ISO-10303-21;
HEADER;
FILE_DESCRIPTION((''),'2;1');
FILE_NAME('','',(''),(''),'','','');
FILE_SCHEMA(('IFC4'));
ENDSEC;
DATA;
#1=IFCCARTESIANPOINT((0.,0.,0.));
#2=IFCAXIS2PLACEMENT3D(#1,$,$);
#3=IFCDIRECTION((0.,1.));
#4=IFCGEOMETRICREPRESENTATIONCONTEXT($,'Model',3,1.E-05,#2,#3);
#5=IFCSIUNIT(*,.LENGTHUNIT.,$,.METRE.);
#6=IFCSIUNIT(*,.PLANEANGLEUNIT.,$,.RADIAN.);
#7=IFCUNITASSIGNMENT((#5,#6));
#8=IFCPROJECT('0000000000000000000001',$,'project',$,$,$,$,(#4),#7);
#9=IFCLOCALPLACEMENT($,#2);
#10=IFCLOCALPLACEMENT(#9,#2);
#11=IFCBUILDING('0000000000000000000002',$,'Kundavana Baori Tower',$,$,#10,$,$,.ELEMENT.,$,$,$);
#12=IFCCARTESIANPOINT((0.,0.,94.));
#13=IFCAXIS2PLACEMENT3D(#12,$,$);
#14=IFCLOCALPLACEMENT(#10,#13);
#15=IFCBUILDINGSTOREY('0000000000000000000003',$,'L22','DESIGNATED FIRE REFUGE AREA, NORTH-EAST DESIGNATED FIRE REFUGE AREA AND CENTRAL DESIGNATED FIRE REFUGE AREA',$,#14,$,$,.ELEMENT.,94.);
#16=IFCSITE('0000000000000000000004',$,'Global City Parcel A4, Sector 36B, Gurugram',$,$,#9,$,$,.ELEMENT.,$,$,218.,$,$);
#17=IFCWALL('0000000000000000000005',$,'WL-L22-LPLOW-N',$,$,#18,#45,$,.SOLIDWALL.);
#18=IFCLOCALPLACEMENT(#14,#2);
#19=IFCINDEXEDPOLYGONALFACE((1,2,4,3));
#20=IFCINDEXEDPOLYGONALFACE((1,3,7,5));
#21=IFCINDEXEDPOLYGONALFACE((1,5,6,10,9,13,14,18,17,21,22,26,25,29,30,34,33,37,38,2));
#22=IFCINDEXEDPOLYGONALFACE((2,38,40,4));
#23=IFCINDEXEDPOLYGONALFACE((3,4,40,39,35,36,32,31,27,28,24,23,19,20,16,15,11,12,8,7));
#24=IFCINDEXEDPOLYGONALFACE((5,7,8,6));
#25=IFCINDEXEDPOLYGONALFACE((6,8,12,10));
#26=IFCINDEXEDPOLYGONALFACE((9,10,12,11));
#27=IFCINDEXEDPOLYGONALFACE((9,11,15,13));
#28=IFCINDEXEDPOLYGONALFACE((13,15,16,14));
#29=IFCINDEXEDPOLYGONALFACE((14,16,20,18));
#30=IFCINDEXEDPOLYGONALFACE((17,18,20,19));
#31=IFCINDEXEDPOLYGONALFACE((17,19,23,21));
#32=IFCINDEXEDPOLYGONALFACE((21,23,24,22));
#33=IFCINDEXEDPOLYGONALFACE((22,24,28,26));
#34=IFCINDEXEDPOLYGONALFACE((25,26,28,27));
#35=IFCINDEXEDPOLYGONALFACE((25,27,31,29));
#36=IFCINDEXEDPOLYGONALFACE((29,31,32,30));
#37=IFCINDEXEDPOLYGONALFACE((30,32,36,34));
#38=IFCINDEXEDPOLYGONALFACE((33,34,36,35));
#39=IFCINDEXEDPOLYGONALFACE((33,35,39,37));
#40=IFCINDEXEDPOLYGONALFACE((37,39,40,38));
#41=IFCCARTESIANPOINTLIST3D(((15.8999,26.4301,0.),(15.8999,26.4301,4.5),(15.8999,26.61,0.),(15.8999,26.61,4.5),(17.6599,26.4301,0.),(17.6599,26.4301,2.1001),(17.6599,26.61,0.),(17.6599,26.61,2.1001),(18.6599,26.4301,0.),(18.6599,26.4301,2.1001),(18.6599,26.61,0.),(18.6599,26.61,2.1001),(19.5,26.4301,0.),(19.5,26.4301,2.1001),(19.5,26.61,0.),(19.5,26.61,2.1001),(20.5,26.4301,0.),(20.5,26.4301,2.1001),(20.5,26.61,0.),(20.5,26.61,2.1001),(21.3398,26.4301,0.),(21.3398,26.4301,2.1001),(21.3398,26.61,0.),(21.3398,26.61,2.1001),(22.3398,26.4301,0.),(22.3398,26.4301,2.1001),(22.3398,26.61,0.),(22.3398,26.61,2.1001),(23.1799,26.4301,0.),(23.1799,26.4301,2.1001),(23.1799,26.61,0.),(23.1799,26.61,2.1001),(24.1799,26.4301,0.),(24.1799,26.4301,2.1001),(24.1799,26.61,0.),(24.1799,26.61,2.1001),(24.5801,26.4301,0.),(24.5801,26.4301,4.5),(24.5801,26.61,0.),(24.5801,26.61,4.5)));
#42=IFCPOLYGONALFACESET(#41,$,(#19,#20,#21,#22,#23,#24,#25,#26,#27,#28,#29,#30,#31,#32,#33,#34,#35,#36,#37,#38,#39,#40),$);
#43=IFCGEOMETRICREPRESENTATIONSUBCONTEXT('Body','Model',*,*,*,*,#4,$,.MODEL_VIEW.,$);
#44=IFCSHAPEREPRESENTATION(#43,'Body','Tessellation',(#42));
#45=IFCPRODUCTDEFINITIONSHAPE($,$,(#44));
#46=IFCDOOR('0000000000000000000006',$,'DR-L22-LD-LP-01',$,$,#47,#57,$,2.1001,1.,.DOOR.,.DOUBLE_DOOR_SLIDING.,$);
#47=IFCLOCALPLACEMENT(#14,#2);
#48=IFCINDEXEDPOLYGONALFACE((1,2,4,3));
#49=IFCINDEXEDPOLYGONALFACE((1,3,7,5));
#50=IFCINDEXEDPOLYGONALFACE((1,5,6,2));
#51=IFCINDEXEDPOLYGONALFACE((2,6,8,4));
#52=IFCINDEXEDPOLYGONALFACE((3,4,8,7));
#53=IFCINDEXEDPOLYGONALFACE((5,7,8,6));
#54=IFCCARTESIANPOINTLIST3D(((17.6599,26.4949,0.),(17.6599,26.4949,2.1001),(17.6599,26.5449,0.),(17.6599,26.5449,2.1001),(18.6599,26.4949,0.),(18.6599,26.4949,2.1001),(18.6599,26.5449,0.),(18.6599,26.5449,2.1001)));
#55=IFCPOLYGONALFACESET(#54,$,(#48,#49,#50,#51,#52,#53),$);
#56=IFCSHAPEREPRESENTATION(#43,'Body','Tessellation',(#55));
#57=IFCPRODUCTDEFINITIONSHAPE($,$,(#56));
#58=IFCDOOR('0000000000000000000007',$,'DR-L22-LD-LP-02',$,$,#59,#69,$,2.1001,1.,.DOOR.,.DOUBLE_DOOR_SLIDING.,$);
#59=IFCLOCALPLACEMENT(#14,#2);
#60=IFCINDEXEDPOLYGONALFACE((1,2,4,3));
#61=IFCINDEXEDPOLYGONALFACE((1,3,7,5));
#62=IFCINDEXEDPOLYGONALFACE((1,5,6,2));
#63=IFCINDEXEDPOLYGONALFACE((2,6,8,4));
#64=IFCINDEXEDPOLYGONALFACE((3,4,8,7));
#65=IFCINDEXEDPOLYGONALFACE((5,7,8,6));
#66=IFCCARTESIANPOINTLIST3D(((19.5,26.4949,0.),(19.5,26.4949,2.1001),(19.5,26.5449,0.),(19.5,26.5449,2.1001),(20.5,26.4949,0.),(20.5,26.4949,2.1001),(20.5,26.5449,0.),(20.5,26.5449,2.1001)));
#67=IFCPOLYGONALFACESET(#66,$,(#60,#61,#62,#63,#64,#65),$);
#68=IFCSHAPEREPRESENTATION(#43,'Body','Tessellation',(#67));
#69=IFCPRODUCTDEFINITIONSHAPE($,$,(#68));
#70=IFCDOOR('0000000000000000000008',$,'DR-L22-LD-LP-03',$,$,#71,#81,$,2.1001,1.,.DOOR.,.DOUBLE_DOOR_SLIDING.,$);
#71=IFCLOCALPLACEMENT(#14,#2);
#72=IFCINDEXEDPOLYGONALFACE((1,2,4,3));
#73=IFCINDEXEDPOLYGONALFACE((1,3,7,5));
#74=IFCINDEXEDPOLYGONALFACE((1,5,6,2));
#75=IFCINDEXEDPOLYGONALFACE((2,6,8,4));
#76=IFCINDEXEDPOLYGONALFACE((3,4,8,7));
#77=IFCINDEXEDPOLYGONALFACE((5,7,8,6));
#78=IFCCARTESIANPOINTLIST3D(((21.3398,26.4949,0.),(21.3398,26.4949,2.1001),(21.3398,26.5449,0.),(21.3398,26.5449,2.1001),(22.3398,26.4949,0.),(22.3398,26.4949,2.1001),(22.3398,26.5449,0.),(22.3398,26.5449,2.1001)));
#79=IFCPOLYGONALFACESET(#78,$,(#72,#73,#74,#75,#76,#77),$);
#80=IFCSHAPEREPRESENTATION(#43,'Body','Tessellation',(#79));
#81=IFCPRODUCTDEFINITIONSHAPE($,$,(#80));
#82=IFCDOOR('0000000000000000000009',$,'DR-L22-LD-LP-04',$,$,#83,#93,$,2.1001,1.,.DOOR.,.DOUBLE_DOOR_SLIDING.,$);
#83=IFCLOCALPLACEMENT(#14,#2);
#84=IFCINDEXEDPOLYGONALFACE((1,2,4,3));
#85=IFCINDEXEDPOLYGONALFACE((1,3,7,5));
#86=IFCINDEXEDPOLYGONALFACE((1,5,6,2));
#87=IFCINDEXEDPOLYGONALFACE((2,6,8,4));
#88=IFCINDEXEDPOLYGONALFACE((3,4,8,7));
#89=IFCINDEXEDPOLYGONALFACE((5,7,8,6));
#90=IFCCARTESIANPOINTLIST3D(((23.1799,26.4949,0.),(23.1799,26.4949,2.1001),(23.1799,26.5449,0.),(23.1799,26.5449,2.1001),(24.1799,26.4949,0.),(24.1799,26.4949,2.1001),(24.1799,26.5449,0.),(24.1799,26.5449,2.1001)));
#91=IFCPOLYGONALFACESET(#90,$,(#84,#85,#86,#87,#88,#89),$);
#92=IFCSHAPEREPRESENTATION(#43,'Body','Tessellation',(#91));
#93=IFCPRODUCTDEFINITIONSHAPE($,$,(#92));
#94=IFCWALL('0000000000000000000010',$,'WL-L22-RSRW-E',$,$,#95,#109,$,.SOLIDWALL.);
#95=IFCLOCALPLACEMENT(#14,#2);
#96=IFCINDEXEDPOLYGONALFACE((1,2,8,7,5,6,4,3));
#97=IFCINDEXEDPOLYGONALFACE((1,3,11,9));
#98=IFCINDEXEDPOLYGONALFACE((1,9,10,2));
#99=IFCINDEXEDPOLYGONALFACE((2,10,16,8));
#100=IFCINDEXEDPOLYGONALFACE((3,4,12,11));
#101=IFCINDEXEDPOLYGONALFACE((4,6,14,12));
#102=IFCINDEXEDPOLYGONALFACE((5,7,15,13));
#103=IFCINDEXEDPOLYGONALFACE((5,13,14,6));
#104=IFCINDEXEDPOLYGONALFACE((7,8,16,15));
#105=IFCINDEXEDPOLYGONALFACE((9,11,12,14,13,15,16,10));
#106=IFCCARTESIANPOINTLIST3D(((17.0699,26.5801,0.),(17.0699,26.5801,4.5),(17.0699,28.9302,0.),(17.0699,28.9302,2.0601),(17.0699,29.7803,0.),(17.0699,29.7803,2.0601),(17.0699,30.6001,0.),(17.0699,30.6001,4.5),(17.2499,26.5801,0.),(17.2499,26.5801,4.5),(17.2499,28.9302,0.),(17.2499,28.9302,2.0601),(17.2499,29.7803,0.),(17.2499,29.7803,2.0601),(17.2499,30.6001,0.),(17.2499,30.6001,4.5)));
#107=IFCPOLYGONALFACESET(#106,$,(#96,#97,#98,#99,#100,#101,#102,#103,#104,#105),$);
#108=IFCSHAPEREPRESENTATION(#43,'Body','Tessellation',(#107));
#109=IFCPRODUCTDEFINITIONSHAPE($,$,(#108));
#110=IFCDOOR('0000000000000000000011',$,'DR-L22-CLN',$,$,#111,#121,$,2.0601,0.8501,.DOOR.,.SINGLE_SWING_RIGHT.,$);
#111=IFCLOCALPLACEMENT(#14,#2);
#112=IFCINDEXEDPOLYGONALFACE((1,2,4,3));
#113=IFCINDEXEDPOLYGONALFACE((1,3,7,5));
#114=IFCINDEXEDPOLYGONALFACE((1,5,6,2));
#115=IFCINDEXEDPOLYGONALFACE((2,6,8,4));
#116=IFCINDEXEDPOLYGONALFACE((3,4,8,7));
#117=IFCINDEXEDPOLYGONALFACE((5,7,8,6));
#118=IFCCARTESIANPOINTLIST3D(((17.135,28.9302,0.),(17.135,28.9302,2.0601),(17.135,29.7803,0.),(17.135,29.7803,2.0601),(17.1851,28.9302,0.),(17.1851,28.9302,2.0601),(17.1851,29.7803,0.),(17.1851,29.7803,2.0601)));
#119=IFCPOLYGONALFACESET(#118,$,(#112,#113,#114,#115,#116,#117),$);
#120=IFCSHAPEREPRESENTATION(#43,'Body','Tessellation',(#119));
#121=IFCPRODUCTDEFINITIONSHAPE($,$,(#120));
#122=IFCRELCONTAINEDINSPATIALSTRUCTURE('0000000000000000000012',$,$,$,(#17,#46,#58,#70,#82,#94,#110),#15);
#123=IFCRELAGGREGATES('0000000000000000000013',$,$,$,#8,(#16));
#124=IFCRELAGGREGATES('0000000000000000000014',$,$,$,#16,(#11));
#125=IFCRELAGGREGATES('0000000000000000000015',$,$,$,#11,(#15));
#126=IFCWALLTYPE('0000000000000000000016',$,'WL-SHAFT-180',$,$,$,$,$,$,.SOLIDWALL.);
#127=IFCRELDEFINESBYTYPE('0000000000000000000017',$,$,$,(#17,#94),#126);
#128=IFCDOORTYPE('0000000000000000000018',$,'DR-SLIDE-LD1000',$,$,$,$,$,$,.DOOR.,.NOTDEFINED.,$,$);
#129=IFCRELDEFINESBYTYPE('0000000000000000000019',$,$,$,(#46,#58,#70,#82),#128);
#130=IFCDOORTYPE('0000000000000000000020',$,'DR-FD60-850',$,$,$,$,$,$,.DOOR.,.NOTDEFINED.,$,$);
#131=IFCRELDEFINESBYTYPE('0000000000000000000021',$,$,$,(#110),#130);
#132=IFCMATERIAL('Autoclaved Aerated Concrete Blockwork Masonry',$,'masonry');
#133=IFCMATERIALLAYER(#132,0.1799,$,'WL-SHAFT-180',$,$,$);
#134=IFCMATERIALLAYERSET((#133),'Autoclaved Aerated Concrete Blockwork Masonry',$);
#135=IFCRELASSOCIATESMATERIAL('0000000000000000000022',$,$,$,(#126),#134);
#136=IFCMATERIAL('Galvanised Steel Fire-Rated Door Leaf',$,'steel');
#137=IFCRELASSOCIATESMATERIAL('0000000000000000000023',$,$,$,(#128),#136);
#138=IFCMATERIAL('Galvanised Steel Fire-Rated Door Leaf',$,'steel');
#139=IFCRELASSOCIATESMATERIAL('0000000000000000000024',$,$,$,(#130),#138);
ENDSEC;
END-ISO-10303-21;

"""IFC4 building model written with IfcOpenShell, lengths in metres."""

from ifc_helpers import new_model, si_unit, direction, frame, frame_2d, origin, place, context, subcontext, project, spatial, rectangle, extrude, material, layer, layer_set, type_object, element, fill, save


model = new_model("IFC4")

# Units and contexts
model_context = context("Model", 3, precision=1e-05, world=origin(), true_north=direction((0.0, 1.0)))
body_context = subcontext(model_context, "Body", "Model", "MODEL_VIEW")
ifc_project = project(units=[si_unit("LENGTHUNIT", "METRE"), si_unit("PLANEANGLEUNIT", "RADIAN")], contexts=[model_context])

# Site, building, storey
site_placement = place(None, origin())
site = spatial("IfcSite", under=ifc_project, at=site_placement, Name="Global City Parcel A4, Sector 36B, Gurugram", CompositionType="ELEMENT", RefElevation=218.0)
building_placement = place(site_placement, origin())
building = spatial("IfcBuilding", under=site, at=building_placement, Name="Kundavana Baori Tower", CompositionType="ELEMENT")
storey_placement = place(building_placement, frame((0.0, 0.0, 94.0)))
storey = spatial("IfcBuildingStorey", under=building, at=storey_placement, Name="L22", Description="DESIGNATED FIRE REFUGE AREA, NORTH-EAST DESIGNATED FIRE REFUGE AREA AND CENTRAL DESIGNATED FIRE REFUGE AREA", CompositionType="ELEMENT", Elevation=94.0)

# Wall, openings, doors
ifc_material_1 = material(Name="Autoclaved Aerated Concrete Blockwork Masonry", Category="masonry")
ifc_layer_1 = layer(ifc_material_1, 0.1799, Name="WL-SHAFT-180")
ifc_layer_set_1 = layer_set([ifc_layer_1], Name="Autoclaved Aerated Concrete Blockwork Masonry")
wall_type_1 = type_object("IfcWallType", Name="WL-SHAFT-180", PredefinedType="SOLIDWALL", material=ifc_layer_set_1)
wall_1_placement = place(storey_placement, frame((15.8999, 26.52, 0.0), z_axis=(0.0, 0.0, 1.0), x_axis=(1.0, 0.0, 0.0)))
wall_1 = element("IfcWall", 1, at=wall_1_placement, inside=storey, type_object=wall_type_1, Name="WL-L22-LPLOW-N", PredefinedType="SOLIDWALL", context=body_context, shape_type="SweptSolid", body=[
    extrude(rectangle(XDim=8.6802, YDim=0.1799, at=frame_2d((4.3401, 0.0))), origin(), (0.0, 0.0, 1.0), 4.5),
])
opening_1_placement = place(wall_1_placement, frame((1.76, 0.0, 0.0)))
opening_1 = element("IfcOpeningElement", 2, at=opening_1_placement, cuts=wall_1, PredefinedType="OPENING", context=body_context, shape_type="SweptSolid", body=[
    extrude(rectangle(XDim=1.0, YDim=2.1001, at=frame_2d((0.5, 1.05))), frame((0.0, 0.1001, 0.0), z_axis=(0.0, -1.0, 0.0), x_axis=(1.0, 0.0, 0.0)), (0.0, 0.0, 1.0), 0.2),
])
opening_2_placement = place(wall_1_placement, frame((3.6001, 0.0, 0.0)))
opening_2 = element("IfcOpeningElement", 3, at=opening_2_placement, cuts=wall_1, PredefinedType="OPENING", context=body_context, shape_type="SweptSolid", body=[
    extrude(rectangle(XDim=1.0, YDim=2.1001, at=frame_2d((0.5, 1.05))), frame((0.0, 0.1001, 0.0), z_axis=(0.0, -1.0, 0.0), x_axis=(1.0, 0.0, 0.0)), (0.0, 0.0, 1.0), 0.2),
])
opening_3_placement = place(wall_1_placement, frame((5.4399, 0.0, 0.0)))
opening_3 = element("IfcOpeningElement", 4, at=opening_3_placement, cuts=wall_1, PredefinedType="OPENING", context=body_context, shape_type="SweptSolid", body=[
    extrude(rectangle(XDim=1.0, YDim=2.1001, at=frame_2d((0.5, 1.05))), frame((0.0, 0.1001, 0.0), z_axis=(0.0, -1.0, 0.0), x_axis=(1.0, 0.0, 0.0)), (0.0, 0.0, 1.0), 0.2),
])
opening_4_placement = place(wall_1_placement, frame((7.28, 0.0, 0.0)))
opening_4 = element("IfcOpeningElement", 5, at=opening_4_placement, cuts=wall_1, PredefinedType="OPENING", context=body_context, shape_type="SweptSolid", body=[
    extrude(rectangle(XDim=1.0, YDim=2.1001, at=frame_2d((0.5, 1.05))), frame((0.0, 0.1001, 0.0), z_axis=(0.0, -1.0, 0.0), x_axis=(1.0, 0.0, 0.0)), (0.0, 0.0, 1.0), 0.2),
])
ifc_material_2 = material(Name="Galvanised Steel Fire-Rated Door Leaf", Category="steel")
door_type_1 = type_object("IfcDoorType", Name="DR-SLIDE-LD1000", OperationType="NOTDEFINED", PredefinedType="DOOR", material=ifc_material_2)
door_1_placement = place(opening_1_placement, origin())
door_1 = element("IfcDoor", 6, at=door_1_placement, inside=storey, type_object=door_type_1, Name="DR-L22-LD-LP-01", OperationType="DOUBLE_DOOR_SLIDING", OverallHeight=2.1001, OverallWidth=1.0, PredefinedType="DOOR", context=body_context, shape_type="SweptSolid", body=[
    extrude(rectangle(XDim=1.0, YDim=2.1001, at=frame_2d((0.5, 1.05))), frame((0.0, 0.0249, 0.0), z_axis=(0.0, -1.0, 0.0), x_axis=(1.0, 0.0, 0.0)), (0.0, 0.0, 1.0), 0.05),
])
fill(opening_1, door_1)
door_2_placement = place(opening_2_placement, origin())
door_2 = element("IfcDoor", 7, at=door_2_placement, inside=storey, type_object=door_type_1, Name="DR-L22-LD-LP-02", OperationType="DOUBLE_DOOR_SLIDING", OverallHeight=2.1001, OverallWidth=1.0, PredefinedType="DOOR", context=body_context, shape_type="SweptSolid", body=[
    extrude(rectangle(XDim=1.0, YDim=2.1001, at=frame_2d((0.5, 1.05))), frame((0.0, 0.0249, 0.0), z_axis=(0.0, -1.0, 0.0), x_axis=(1.0, 0.0, 0.0)), (0.0, 0.0, 1.0), 0.05),
])
fill(opening_2, door_2)
door_3_placement = place(opening_3_placement, origin())
door_3 = element("IfcDoor", 8, at=door_3_placement, inside=storey, type_object=door_type_1, Name="DR-L22-LD-LP-03", OperationType="DOUBLE_DOOR_SLIDING", OverallHeight=2.1001, OverallWidth=1.0, PredefinedType="DOOR", context=body_context, shape_type="SweptSolid", body=[
    extrude(rectangle(XDim=1.0, YDim=2.1001, at=frame_2d((0.5, 1.05))), frame((0.0, 0.0249, 0.0), z_axis=(0.0, -1.0, 0.0), x_axis=(1.0, 0.0, 0.0)), (0.0, 0.0, 1.0), 0.05),
])
fill(opening_3, door_3)
door_4_placement = place(opening_4_placement, origin())
door_4 = element("IfcDoor", 9, at=door_4_placement, inside=storey, type_object=door_type_1, Name="DR-L22-LD-LP-04", OperationType="DOUBLE_DOOR_SLIDING", OverallHeight=2.1001, OverallWidth=1.0, PredefinedType="DOOR", context=body_context, shape_type="SweptSolid", body=[
    extrude(rectangle(XDim=1.0, YDim=2.1001, at=frame_2d((0.5, 1.05))), frame((0.0, 0.0249, 0.0), z_axis=(0.0, -1.0, 0.0), x_axis=(1.0, 0.0, 0.0)), (0.0, 0.0, 1.0), 0.05),
])
fill(opening_4, door_4)

# Wall, opening, door
wall_2_placement = place(storey_placement, frame((17.1599, 26.5801, 0.0), z_axis=(0.0, 0.0, 1.0), x_axis=(0.0, 1.0, 0.0)))
wall_2 = element("IfcWall", 10, at=wall_2_placement, inside=storey, type_object=wall_type_1, Name="WL-L22-RSRW-E", PredefinedType="SOLIDWALL", context=body_context, shape_type="SweptSolid", body=[
    extrude(rectangle(XDim=4.02, YDim=0.1799, at=frame_2d((2.01, 0.0))), origin(), (0.0, 0.0, 1.0), 4.5),
])
opening_5_placement = place(wall_2_placement, frame((2.3501, 0.0, 0.0)))
opening_5 = element("IfcOpeningElement", 11, at=opening_5_placement, cuts=wall_2, PredefinedType="OPENING", context=body_context, shape_type="SweptSolid", body=[
    extrude(rectangle(XDim=0.8501, YDim=2.0601, at=frame_2d((0.425, 1.03))), frame((0.0, 0.1001, 0.0), z_axis=(0.0, -1.0, 0.0), x_axis=(1.0, 0.0, 0.0)), (0.0, 0.0, 1.0), 0.2),
])
ifc_material_3 = material(Name="Galvanised Steel Fire-Rated Door Leaf", Category="steel")
door_type_2 = type_object("IfcDoorType", Name="DR-FD60-850", OperationType="NOTDEFINED", PredefinedType="DOOR", material=ifc_material_3)
door_5_placement = place(opening_5_placement, origin())
door_5 = element("IfcDoor", 12, at=door_5_placement, inside=storey, type_object=door_type_2, Name="DR-L22-CLN", OperationType="SINGLE_SWING_RIGHT", OverallHeight=2.0601, OverallWidth=0.8501, PredefinedType="DOOR", context=body_context, shape_type="SweptSolid", body=[
    extrude(rectangle(XDim=0.8501, YDim=2.0601, at=frame_2d((0.425, 1.03))), frame((0.0, 0.0249, 0.0), z_axis=(0.0, -1.0, 0.0), x_axis=(1.0, 0.0, 0.0)), (0.0, 0.0, 1.0), 0.05),
])
fill(opening_5, door_5)

save(model, "model.ifc")
